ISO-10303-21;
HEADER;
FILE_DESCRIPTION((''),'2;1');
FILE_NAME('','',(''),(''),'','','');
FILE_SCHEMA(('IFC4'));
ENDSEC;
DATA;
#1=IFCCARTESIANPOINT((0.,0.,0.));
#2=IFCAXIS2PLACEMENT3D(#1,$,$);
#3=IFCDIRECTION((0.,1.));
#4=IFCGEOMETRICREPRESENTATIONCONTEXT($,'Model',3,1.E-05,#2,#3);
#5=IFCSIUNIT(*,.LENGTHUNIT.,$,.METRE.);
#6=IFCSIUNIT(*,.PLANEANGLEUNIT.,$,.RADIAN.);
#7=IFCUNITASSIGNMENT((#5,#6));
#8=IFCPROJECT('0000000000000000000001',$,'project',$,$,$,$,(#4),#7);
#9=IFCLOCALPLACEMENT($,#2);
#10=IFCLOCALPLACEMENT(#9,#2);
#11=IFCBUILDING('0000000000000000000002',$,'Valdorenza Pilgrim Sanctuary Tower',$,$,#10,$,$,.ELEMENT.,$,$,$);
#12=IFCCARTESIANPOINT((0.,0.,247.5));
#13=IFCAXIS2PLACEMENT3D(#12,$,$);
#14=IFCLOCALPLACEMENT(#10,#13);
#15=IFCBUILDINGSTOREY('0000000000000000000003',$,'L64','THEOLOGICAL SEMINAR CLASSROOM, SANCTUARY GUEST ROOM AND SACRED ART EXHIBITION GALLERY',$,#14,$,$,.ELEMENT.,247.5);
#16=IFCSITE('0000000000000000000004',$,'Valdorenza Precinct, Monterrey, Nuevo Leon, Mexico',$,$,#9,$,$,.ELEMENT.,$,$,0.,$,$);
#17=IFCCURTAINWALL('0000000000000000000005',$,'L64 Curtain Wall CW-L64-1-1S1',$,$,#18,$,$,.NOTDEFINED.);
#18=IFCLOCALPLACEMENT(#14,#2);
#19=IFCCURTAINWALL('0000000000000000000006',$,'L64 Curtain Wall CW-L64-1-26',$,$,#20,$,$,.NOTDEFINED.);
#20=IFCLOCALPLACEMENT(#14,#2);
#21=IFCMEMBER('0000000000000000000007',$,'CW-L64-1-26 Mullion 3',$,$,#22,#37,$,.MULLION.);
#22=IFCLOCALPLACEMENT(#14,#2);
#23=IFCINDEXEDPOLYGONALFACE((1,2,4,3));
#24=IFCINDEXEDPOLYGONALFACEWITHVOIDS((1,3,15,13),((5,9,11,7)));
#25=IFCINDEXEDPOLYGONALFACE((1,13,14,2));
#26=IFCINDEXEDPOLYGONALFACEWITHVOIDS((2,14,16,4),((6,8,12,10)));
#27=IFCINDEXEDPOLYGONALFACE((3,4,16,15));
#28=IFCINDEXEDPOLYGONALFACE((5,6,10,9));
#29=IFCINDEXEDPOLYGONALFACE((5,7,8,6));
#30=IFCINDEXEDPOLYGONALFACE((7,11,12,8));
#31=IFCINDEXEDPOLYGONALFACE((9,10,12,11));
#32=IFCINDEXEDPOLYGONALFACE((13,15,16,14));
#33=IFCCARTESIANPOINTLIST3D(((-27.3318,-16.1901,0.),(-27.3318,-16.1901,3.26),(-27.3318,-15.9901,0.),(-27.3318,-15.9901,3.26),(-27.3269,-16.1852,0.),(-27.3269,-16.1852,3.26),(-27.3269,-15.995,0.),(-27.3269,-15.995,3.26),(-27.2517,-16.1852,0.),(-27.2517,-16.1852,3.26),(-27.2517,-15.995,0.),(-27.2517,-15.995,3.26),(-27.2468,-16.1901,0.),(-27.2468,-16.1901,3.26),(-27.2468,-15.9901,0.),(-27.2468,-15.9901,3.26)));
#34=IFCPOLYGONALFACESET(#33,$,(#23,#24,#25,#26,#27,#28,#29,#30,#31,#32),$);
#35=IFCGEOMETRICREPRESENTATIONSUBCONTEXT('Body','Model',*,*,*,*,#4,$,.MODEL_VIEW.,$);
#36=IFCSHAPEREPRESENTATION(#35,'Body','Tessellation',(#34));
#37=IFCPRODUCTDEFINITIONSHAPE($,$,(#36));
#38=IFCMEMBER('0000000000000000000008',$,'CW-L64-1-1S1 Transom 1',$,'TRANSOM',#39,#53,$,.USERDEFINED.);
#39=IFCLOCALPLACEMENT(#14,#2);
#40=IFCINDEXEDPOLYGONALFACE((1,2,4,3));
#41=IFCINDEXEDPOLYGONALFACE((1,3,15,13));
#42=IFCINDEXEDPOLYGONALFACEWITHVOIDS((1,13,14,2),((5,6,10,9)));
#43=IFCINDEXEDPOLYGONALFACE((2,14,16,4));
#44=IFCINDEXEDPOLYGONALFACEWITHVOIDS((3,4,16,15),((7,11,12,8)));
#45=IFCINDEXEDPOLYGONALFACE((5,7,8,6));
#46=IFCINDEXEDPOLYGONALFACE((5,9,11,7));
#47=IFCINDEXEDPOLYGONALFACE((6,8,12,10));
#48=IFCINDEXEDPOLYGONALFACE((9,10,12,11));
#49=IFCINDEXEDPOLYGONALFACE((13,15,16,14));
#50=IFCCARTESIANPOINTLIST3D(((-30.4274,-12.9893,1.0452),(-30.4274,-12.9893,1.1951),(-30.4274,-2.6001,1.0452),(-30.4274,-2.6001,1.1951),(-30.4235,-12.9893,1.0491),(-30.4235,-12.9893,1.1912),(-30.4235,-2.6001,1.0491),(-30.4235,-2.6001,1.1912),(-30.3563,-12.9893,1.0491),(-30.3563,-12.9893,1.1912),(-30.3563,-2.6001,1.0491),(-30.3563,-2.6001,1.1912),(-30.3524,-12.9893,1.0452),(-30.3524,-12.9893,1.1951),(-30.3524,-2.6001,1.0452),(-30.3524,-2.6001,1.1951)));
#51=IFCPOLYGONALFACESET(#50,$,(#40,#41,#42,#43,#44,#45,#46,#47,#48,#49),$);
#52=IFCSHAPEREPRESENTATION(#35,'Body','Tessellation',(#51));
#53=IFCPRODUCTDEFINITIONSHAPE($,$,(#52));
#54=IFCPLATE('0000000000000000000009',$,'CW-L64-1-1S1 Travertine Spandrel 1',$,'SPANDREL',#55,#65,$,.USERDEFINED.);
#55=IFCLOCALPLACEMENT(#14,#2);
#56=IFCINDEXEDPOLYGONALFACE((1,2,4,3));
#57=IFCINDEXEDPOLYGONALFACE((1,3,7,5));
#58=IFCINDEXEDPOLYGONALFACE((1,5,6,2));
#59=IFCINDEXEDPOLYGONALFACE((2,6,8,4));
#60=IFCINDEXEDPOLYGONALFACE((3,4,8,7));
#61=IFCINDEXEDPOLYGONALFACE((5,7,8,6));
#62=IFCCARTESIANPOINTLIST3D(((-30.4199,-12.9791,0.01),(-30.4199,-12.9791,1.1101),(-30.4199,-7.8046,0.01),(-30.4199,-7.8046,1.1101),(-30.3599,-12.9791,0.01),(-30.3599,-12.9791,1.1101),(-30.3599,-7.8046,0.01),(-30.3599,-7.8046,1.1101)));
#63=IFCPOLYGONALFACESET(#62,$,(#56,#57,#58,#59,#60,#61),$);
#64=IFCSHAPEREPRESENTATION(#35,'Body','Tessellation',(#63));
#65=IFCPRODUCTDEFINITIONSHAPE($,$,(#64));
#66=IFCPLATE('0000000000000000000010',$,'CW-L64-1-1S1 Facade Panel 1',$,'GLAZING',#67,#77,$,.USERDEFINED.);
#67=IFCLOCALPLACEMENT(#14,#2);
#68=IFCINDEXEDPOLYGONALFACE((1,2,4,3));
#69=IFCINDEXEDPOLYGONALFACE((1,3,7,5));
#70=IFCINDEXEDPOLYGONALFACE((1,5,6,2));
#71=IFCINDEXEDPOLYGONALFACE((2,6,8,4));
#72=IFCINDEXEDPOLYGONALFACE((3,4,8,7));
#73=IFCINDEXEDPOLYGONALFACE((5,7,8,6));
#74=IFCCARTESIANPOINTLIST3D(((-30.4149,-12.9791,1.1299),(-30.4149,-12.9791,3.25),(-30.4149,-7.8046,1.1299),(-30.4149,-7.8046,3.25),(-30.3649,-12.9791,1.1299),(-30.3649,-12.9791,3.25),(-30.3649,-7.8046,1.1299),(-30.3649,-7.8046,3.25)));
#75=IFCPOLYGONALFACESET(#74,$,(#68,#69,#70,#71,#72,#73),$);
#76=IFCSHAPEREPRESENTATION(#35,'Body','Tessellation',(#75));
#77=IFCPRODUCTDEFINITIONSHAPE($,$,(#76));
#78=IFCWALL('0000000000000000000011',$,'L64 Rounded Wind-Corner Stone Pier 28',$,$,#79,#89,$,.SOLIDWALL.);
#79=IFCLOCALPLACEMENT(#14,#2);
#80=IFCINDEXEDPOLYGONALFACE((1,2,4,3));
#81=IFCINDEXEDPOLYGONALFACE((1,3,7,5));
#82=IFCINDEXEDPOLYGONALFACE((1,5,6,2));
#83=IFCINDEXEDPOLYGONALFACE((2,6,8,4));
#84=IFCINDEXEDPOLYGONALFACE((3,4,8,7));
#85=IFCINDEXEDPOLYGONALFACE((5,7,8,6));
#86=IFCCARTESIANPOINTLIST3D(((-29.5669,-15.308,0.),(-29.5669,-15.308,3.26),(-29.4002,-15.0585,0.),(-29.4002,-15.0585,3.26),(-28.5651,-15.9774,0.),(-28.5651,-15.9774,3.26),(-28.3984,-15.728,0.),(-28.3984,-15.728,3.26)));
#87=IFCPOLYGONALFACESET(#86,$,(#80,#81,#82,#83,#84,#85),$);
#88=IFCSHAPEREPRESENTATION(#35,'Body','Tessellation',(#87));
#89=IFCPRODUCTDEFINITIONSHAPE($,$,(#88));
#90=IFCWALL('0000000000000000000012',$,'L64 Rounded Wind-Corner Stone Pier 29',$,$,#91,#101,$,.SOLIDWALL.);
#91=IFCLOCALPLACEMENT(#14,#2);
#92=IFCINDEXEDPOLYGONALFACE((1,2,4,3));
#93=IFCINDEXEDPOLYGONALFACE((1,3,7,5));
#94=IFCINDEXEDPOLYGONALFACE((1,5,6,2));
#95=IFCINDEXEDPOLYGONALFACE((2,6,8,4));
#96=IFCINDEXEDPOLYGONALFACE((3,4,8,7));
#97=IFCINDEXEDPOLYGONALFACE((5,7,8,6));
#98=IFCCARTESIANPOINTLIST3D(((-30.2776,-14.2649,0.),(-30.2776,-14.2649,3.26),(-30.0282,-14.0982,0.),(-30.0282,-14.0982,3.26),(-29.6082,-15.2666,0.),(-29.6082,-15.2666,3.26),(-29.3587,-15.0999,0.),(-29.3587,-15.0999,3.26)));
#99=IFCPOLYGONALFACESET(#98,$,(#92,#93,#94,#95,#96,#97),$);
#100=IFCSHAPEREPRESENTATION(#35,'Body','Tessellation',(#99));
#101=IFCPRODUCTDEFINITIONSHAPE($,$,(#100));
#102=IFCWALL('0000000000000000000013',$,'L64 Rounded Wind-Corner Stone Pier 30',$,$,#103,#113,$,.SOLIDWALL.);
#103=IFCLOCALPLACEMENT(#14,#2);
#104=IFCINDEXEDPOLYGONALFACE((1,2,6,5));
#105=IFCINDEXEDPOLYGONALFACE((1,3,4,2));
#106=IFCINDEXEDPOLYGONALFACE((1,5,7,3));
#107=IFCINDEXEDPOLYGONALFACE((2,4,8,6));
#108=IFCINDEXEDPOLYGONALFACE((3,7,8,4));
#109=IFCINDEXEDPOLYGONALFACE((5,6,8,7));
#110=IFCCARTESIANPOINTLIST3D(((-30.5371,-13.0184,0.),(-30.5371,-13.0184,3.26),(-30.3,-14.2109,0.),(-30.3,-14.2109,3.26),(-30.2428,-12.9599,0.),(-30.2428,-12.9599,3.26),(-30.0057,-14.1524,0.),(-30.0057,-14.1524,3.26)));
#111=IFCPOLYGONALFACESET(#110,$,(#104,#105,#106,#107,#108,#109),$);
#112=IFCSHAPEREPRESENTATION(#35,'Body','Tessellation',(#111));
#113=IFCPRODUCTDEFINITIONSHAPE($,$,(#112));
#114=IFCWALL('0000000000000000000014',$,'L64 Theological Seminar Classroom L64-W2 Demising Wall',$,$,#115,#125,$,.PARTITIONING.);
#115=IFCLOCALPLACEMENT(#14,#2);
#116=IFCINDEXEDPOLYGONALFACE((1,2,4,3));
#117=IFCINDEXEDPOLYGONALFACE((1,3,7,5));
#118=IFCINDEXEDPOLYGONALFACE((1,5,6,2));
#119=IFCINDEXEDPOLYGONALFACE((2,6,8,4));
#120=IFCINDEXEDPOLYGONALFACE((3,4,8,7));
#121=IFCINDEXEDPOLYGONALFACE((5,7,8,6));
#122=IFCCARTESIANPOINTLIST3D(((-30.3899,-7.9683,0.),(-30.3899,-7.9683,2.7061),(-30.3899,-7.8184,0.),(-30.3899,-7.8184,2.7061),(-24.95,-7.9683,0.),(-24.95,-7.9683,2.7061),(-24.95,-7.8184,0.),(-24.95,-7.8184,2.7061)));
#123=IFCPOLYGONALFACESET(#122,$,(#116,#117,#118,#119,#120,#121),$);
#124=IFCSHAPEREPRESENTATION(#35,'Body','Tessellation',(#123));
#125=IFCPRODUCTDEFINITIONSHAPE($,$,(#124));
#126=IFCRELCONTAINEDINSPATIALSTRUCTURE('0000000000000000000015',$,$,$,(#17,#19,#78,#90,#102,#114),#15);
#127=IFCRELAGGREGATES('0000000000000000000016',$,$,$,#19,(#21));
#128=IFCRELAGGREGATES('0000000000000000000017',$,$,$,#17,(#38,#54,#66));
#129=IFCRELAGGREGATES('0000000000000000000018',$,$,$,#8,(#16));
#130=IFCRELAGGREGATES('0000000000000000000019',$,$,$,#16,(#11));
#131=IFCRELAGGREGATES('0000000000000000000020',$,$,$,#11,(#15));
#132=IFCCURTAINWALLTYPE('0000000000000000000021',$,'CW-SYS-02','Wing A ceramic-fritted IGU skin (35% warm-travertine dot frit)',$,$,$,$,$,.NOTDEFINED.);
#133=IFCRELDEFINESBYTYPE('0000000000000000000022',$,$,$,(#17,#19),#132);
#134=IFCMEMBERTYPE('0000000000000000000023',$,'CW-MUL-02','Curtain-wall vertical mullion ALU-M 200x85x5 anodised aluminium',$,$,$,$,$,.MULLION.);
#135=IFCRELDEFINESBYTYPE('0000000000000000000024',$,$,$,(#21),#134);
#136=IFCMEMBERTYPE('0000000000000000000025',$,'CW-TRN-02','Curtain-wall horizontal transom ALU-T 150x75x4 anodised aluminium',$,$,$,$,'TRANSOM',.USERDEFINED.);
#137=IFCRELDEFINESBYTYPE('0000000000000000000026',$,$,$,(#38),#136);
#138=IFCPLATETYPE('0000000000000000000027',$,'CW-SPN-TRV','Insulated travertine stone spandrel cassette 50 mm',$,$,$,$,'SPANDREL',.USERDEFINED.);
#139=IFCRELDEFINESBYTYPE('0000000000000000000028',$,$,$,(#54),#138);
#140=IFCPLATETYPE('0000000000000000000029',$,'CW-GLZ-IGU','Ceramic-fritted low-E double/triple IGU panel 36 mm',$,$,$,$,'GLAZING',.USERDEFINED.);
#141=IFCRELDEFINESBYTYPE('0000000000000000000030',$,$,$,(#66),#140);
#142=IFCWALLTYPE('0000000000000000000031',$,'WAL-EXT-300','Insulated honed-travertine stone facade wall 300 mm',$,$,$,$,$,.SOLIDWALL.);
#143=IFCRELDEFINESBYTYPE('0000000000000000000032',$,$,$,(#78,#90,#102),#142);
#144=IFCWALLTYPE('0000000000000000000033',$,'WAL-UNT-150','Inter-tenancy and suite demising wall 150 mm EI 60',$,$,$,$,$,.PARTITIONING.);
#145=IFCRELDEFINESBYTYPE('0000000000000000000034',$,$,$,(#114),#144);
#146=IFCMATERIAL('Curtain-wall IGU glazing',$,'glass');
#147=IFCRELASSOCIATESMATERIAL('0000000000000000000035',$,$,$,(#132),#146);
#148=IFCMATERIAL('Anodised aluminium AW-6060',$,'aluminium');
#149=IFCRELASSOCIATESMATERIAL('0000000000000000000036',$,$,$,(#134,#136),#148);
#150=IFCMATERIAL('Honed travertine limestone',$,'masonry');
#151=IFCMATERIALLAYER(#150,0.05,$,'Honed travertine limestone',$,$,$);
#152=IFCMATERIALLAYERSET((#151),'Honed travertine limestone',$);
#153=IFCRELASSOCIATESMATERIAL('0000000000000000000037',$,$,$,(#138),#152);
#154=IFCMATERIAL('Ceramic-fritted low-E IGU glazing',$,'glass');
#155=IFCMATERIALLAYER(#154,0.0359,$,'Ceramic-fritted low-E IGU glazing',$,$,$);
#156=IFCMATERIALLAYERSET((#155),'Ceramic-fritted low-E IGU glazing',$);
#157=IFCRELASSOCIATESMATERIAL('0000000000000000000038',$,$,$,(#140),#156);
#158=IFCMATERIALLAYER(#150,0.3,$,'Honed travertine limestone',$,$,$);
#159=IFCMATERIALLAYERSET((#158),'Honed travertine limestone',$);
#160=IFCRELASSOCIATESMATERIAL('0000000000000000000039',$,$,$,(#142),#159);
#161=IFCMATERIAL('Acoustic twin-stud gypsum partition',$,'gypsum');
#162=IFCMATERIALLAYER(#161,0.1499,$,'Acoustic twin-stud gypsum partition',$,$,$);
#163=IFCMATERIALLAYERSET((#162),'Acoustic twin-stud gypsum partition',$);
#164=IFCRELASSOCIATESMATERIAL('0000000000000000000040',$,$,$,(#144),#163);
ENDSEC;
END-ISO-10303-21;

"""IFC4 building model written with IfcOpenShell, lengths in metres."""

from ifc_helpers import new_model, si_unit, direction, frame, frame_2d, origin, origin_2d, place, context, subcontext, project, spatial, rectangle, hollow_rectangle, extrude, source, transform, mapped, material, layer, layer_set, material_profile, profile_set, type_object, element, aggregate, save


model = new_model("IFC4")

# Units and contexts
model_context = context("Model", 3, precision=1e-05, world=origin(), true_north=direction((0.0, 1.0)))
body_context = subcontext(model_context, "Body", "Model", "MODEL_VIEW")
ifc_project = project(units=[si_unit("LENGTHUNIT", "METRE"), si_unit("PLANEANGLEUNIT", "RADIAN")], contexts=[model_context])

# Site, building, storey
site_placement = place(None, origin())
site = spatial("IfcSite", under=ifc_project, at=site_placement, Name="Valdorenza Precinct, Monterrey, Nuevo Leon, Mexico", CompositionType="ELEMENT", RefElevation=0.0)
building_placement = place(site_placement, origin())
building = spatial("IfcBuilding", under=site, at=building_placement, Name="Valdorenza Pilgrim Sanctuary Tower", CompositionType="ELEMENT")
storey_placement = place(building_placement, frame((0.0, 0.0, 247.5)))
storey = spatial("IfcBuildingStorey", under=building, at=storey_placement, Name="L64", Description="THEOLOGICAL SEMINAR CLASSROOM, SANCTUARY GUEST ROOM AND SACRED ART EXHIBITION GALLERY", CompositionType="ELEMENT", Elevation=247.5)

# Curtain wall
ifc_material_1 = material(Name="Curtain-wall IGU glazing", Category="glass")
curtain_wall_type = type_object("IfcCurtainWallType", Name="CW-SYS-02", Description="Wing A ceramic-fritted IGU skin (35% warm-travertine dot frit)", PredefinedType="NOTDEFINED", material=ifc_material_1)
curtain_wall_1_placement = place(storey_placement, origin())
curtain_wall_1 = element("IfcCurtainWall", 1, at=curtain_wall_1_placement, inside=storey, type_object=curtain_wall_type, Name="L64 Curtain Wall CW-L64-1-1S1", PredefinedType="NOTDEFINED")
ifc_material_2 = material(Name="Anodised aluminium AW-6060", Category="aluminium")
ifc_material_profile_1 = material_profile(ifc_material_2, hollow_rectangle(XDim=0.085, YDim=0.2, WallThickness=0.0049, at=origin_2d()), Name="ALU-M 200x85x5")
ifc_profile_set_1 = profile_set([ifc_material_profile_1], Name="Anodised aluminium AW-6060")
member_type_1 = type_object("IfcMemberType", Name="CW-MUL-02", Description="Curtain-wall vertical mullion ALU-M 200x85x5 anodised aluminium", PredefinedType="MULLION", material=ifc_profile_set_1)
shared_shape_1 = source(origin(), body_context, "Body", "SweptSolid", [
    extrude(hollow_rectangle(XDim=0.085, YDim=0.2, WallThickness=0.0049, at=origin_2d()), origin(), (0.0, 0.0, 1.0), 3.26),
])

# Curtain wall, member
curtain_wall_2_placement = place(storey_placement, origin())
curtain_wall_2 = element("IfcCurtainWall", 2, at=curtain_wall_2_placement, inside=storey, type_object=curtain_wall_type, Name="L64 Curtain Wall CW-L64-1-26", PredefinedType="NOTDEFINED")
member_1_placement = place(storey_placement, frame((-27.2893, -16.0901, 0.0), z_axis=(0.0, 0.0, 1.0), x_axis=(-1.0, 0.0, 0.0)))
member_1 = element("IfcMember", 3, at=member_1_placement, type_object=member_type_1, Name="CW-L64-1-26 Mullion 3", PredefinedType="MULLION", context=body_context, shape_type="MappedRepresentation", body=[
    mapped(shared_shape_1, transform((0.0, 0.0, 0.0), x_axis=(1.0, 0.0, 0.0), y_axis=(0.0, 1.0, 0.0), z_axis=(0.0, 0.0, 1.0), scale=1.0)),
])
aggregate(curtain_wall_2, [member_1])

# Member
ifc_material_profile_2 = material_profile(ifc_material_2, hollow_rectangle(XDim=0.075, YDim=0.1499, WallThickness=0.0039, at=origin_2d()), Name="ALU-T 150x75x4")
ifc_profile_set_2 = profile_set([ifc_material_profile_2], Name="Anodised aluminium AW-6060")
member_type_2 = type_object("IfcMemberType", Name="CW-TRN-02", Description="Curtain-wall horizontal transom ALU-T 150x75x4 anodised aluminium", ElementType="TRANSOM", PredefinedType="USERDEFINED", material=ifc_profile_set_2)
shared_shape_2 = source(origin(), body_context, "Body", "SweptSolid", [
    extrude(hollow_rectangle(XDim=0.075, YDim=0.1499, WallThickness=0.0039, at=origin_2d()), origin(), (0.0, 0.0, 1.0), 10.3892),
])
member_2_placement = place(storey_placement, frame((-30.3899, -12.9893, 1.1201), z_axis=(0.0, 1.0, 0.0), x_axis=(-1.0, 0.0, 0.0)))
member_2 = element("IfcMember", 4, at=member_2_placement, type_object=member_type_2, Name="CW-L64-1-1S1 Transom 1", ObjectType="TRANSOM", PredefinedType="USERDEFINED", context=body_context, shape_type="MappedRepresentation", body=[
    mapped(shared_shape_2, transform((0.0, 0.0, 0.0), x_axis=(1.0, 0.0, 0.0), y_axis=(0.0, 1.0, 0.0), z_axis=(0.0, 0.0, 1.0), scale=1.0)),
])

# Plates
ifc_material_3 = material(Name="Honed travertine limestone", Category="masonry")
ifc_layer_1 = layer(ifc_material_3, 0.05, Name="Honed travertine limestone")
ifc_layer_set_1 = layer_set([ifc_layer_1], Name="Honed travertine limestone")
plate_type_1 = type_object("IfcPlateType", Name="CW-SPN-TRV", Description="Insulated travertine stone spandrel cassette 50 mm", ElementType="SPANDREL", PredefinedType="USERDEFINED", material=ifc_layer_set_1)
shared_shape_3 = source(origin(), body_context, "Body", "SweptSolid", [
    extrude(rectangle(XDim=5.1746, YDim=0.0601, at=origin_2d()), origin(), (0.0, 0.0, 1.0), 1.1001),
])
plate_1_placement = place(storey_placement, frame((-30.3899, -10.3918, 0.01), z_axis=(0.0, 0.0, 1.0), x_axis=(0.0, 1.0, 0.0)))
plate_1 = element("IfcPlate", 5, at=plate_1_placement, type_object=plate_type_1, Name="CW-L64-1-1S1 Travertine Spandrel 1", ObjectType="SPANDREL", PredefinedType="USERDEFINED", context=body_context, shape_type="MappedRepresentation", body=[
    mapped(shared_shape_3, transform((0.0, 0.0, 0.0), x_axis=(1.0, 0.0, 0.0), y_axis=(0.0, 1.0, 0.0), z_axis=(0.0, 0.0, 1.0), scale=1.0)),
])
ifc_material_4 = material(Name="Ceramic-fritted low-E IGU glazing", Category="glass")
ifc_layer_2 = layer(ifc_material_4, 0.0359, Name="Ceramic-fritted low-E IGU glazing")
ifc_layer_set_2 = layer_set([ifc_layer_2], Name="Ceramic-fritted low-E IGU glazing")
plate_type_2 = type_object("IfcPlateType", Name="CW-GLZ-IGU", Description="Ceramic-fritted low-E double/triple IGU panel 36 mm", ElementType="GLAZING", PredefinedType="USERDEFINED", material=ifc_layer_set_2)
shared_shape_4 = source(origin(), body_context, "Body", "SweptSolid", [
    extrude(rectangle(XDim=5.1746, YDim=0.05, at=origin_2d()), origin(), (0.0, 0.0, 1.0), 2.1201),
])
plate_2_placement = place(storey_placement, frame((-30.3899, -10.3918, 1.1299), z_axis=(0.0, 0.0, 1.0), x_axis=(0.0, 1.0, 0.0)))
plate_2 = element("IfcPlate", 6, at=plate_2_placement, type_object=plate_type_2, Name="CW-L64-1-1S1 Facade Panel 1", ObjectType="GLAZING", PredefinedType="USERDEFINED", context=body_context, shape_type="MappedRepresentation", body=[
    mapped(shared_shape_4, transform((0.0, 0.0, 0.0), x_axis=(1.0, 0.0, 0.0), y_axis=(0.0, 1.0, 0.0), z_axis=(0.0, 0.0, 1.0), scale=1.0)),
])
aggregate(curtain_wall_1, [member_2, plate_1, plate_2])

# Walls
ifc_layer_3 = layer(ifc_material_3, 0.3, Name="Honed travertine limestone")
ifc_layer_set_3 = layer_set([ifc_layer_3], Name="Honed travertine limestone")
wall_type_1 = type_object("IfcWallType", Name="WAL-EXT-300", Description="Insulated honed-travertine stone facade wall 300 mm", PredefinedType="SOLIDWALL", material=ifc_layer_set_3)
for number, where, z_axis, x_axis, name in (
    (7, (-28.4817, -15.8528, 0.0), (0.0, 0.0, 1.0), (-0.831426, 0.555635, 0.0), "L64 Rounded Wind-Corner Stone Pier 28"),
    (8, (-29.4834, -15.1833, 0.0), (0.0, 0.0, 1.0), (-0.555635, 0.831426, 0.0), "L64 Rounded Wind-Corner Stone Pier 29"),
):
    element("IfcWall", number, at=place(storey_placement, frame(where, z_axis=z_axis, x_axis=x_axis)), inside=storey, type_object=wall_type_1, Name=name, PredefinedType="SOLIDWALL", context=body_context, shape_type="SweptSolid", body=[
        extrude(rectangle(XDim=1.2048, YDim=0.3, at=frame_2d((0.6025, 0.0))), origin(), (0.0, 0.0, 1.0), 3.26),
    ])
wall_1_placement = place(storey_placement, frame((-30.1528, -14.1816, 0.0), z_axis=(0.0, 0.0, 1.0), x_axis=(-0.194996, 0.980804, 0.0)))
element("IfcWall", 9, at=wall_1_placement, inside=storey, type_object=wall_type_1, Name="L64 Rounded Wind-Corner Stone Pier 30", PredefinedType="SOLIDWALL", context=body_context, shape_type="SweptSolid", body=[
    extrude(rectangle(XDim=1.2158, YDim=0.3, at=frame_2d((0.6079, 0.0))), origin(), (0.0, 0.0, 1.0), 3.26),
])
ifc_material_5 = material(Name="Acoustic twin-stud gypsum partition", Category="gypsum")
ifc_layer_4 = layer(ifc_material_5, 0.1499, Name="Acoustic twin-stud gypsum partition")
ifc_layer_set_4 = layer_set([ifc_layer_4], Name="Acoustic twin-stud gypsum partition")
wall_type_2 = type_object("IfcWallType", Name="WAL-UNT-150", Description="Inter-tenancy and suite demising wall 150 mm EI 60", PredefinedType="PARTITIONING", material=ifc_layer_set_4)
wall_2_placement = place(storey_placement, frame((-30.3899, -7.8933, 0.0), z_axis=(0.0, 0.0, 1.0), x_axis=(1.0, 0.0, 0.0)))
element("IfcWall", 10, at=wall_2_placement, inside=storey, type_object=wall_type_2, Name="L64 Theological Seminar Classroom L64-W2 Demising Wall", PredefinedType="PARTITIONING", context=body_context, shape_type="SweptSolid", body=[
    extrude(rectangle(XDim=5.4399, YDim=0.1499, at=frame_2d((2.72, 0.0))), origin(), (0.0, 0.0, 1.0), 2.7061),
])

save(model, "model.ifc")
